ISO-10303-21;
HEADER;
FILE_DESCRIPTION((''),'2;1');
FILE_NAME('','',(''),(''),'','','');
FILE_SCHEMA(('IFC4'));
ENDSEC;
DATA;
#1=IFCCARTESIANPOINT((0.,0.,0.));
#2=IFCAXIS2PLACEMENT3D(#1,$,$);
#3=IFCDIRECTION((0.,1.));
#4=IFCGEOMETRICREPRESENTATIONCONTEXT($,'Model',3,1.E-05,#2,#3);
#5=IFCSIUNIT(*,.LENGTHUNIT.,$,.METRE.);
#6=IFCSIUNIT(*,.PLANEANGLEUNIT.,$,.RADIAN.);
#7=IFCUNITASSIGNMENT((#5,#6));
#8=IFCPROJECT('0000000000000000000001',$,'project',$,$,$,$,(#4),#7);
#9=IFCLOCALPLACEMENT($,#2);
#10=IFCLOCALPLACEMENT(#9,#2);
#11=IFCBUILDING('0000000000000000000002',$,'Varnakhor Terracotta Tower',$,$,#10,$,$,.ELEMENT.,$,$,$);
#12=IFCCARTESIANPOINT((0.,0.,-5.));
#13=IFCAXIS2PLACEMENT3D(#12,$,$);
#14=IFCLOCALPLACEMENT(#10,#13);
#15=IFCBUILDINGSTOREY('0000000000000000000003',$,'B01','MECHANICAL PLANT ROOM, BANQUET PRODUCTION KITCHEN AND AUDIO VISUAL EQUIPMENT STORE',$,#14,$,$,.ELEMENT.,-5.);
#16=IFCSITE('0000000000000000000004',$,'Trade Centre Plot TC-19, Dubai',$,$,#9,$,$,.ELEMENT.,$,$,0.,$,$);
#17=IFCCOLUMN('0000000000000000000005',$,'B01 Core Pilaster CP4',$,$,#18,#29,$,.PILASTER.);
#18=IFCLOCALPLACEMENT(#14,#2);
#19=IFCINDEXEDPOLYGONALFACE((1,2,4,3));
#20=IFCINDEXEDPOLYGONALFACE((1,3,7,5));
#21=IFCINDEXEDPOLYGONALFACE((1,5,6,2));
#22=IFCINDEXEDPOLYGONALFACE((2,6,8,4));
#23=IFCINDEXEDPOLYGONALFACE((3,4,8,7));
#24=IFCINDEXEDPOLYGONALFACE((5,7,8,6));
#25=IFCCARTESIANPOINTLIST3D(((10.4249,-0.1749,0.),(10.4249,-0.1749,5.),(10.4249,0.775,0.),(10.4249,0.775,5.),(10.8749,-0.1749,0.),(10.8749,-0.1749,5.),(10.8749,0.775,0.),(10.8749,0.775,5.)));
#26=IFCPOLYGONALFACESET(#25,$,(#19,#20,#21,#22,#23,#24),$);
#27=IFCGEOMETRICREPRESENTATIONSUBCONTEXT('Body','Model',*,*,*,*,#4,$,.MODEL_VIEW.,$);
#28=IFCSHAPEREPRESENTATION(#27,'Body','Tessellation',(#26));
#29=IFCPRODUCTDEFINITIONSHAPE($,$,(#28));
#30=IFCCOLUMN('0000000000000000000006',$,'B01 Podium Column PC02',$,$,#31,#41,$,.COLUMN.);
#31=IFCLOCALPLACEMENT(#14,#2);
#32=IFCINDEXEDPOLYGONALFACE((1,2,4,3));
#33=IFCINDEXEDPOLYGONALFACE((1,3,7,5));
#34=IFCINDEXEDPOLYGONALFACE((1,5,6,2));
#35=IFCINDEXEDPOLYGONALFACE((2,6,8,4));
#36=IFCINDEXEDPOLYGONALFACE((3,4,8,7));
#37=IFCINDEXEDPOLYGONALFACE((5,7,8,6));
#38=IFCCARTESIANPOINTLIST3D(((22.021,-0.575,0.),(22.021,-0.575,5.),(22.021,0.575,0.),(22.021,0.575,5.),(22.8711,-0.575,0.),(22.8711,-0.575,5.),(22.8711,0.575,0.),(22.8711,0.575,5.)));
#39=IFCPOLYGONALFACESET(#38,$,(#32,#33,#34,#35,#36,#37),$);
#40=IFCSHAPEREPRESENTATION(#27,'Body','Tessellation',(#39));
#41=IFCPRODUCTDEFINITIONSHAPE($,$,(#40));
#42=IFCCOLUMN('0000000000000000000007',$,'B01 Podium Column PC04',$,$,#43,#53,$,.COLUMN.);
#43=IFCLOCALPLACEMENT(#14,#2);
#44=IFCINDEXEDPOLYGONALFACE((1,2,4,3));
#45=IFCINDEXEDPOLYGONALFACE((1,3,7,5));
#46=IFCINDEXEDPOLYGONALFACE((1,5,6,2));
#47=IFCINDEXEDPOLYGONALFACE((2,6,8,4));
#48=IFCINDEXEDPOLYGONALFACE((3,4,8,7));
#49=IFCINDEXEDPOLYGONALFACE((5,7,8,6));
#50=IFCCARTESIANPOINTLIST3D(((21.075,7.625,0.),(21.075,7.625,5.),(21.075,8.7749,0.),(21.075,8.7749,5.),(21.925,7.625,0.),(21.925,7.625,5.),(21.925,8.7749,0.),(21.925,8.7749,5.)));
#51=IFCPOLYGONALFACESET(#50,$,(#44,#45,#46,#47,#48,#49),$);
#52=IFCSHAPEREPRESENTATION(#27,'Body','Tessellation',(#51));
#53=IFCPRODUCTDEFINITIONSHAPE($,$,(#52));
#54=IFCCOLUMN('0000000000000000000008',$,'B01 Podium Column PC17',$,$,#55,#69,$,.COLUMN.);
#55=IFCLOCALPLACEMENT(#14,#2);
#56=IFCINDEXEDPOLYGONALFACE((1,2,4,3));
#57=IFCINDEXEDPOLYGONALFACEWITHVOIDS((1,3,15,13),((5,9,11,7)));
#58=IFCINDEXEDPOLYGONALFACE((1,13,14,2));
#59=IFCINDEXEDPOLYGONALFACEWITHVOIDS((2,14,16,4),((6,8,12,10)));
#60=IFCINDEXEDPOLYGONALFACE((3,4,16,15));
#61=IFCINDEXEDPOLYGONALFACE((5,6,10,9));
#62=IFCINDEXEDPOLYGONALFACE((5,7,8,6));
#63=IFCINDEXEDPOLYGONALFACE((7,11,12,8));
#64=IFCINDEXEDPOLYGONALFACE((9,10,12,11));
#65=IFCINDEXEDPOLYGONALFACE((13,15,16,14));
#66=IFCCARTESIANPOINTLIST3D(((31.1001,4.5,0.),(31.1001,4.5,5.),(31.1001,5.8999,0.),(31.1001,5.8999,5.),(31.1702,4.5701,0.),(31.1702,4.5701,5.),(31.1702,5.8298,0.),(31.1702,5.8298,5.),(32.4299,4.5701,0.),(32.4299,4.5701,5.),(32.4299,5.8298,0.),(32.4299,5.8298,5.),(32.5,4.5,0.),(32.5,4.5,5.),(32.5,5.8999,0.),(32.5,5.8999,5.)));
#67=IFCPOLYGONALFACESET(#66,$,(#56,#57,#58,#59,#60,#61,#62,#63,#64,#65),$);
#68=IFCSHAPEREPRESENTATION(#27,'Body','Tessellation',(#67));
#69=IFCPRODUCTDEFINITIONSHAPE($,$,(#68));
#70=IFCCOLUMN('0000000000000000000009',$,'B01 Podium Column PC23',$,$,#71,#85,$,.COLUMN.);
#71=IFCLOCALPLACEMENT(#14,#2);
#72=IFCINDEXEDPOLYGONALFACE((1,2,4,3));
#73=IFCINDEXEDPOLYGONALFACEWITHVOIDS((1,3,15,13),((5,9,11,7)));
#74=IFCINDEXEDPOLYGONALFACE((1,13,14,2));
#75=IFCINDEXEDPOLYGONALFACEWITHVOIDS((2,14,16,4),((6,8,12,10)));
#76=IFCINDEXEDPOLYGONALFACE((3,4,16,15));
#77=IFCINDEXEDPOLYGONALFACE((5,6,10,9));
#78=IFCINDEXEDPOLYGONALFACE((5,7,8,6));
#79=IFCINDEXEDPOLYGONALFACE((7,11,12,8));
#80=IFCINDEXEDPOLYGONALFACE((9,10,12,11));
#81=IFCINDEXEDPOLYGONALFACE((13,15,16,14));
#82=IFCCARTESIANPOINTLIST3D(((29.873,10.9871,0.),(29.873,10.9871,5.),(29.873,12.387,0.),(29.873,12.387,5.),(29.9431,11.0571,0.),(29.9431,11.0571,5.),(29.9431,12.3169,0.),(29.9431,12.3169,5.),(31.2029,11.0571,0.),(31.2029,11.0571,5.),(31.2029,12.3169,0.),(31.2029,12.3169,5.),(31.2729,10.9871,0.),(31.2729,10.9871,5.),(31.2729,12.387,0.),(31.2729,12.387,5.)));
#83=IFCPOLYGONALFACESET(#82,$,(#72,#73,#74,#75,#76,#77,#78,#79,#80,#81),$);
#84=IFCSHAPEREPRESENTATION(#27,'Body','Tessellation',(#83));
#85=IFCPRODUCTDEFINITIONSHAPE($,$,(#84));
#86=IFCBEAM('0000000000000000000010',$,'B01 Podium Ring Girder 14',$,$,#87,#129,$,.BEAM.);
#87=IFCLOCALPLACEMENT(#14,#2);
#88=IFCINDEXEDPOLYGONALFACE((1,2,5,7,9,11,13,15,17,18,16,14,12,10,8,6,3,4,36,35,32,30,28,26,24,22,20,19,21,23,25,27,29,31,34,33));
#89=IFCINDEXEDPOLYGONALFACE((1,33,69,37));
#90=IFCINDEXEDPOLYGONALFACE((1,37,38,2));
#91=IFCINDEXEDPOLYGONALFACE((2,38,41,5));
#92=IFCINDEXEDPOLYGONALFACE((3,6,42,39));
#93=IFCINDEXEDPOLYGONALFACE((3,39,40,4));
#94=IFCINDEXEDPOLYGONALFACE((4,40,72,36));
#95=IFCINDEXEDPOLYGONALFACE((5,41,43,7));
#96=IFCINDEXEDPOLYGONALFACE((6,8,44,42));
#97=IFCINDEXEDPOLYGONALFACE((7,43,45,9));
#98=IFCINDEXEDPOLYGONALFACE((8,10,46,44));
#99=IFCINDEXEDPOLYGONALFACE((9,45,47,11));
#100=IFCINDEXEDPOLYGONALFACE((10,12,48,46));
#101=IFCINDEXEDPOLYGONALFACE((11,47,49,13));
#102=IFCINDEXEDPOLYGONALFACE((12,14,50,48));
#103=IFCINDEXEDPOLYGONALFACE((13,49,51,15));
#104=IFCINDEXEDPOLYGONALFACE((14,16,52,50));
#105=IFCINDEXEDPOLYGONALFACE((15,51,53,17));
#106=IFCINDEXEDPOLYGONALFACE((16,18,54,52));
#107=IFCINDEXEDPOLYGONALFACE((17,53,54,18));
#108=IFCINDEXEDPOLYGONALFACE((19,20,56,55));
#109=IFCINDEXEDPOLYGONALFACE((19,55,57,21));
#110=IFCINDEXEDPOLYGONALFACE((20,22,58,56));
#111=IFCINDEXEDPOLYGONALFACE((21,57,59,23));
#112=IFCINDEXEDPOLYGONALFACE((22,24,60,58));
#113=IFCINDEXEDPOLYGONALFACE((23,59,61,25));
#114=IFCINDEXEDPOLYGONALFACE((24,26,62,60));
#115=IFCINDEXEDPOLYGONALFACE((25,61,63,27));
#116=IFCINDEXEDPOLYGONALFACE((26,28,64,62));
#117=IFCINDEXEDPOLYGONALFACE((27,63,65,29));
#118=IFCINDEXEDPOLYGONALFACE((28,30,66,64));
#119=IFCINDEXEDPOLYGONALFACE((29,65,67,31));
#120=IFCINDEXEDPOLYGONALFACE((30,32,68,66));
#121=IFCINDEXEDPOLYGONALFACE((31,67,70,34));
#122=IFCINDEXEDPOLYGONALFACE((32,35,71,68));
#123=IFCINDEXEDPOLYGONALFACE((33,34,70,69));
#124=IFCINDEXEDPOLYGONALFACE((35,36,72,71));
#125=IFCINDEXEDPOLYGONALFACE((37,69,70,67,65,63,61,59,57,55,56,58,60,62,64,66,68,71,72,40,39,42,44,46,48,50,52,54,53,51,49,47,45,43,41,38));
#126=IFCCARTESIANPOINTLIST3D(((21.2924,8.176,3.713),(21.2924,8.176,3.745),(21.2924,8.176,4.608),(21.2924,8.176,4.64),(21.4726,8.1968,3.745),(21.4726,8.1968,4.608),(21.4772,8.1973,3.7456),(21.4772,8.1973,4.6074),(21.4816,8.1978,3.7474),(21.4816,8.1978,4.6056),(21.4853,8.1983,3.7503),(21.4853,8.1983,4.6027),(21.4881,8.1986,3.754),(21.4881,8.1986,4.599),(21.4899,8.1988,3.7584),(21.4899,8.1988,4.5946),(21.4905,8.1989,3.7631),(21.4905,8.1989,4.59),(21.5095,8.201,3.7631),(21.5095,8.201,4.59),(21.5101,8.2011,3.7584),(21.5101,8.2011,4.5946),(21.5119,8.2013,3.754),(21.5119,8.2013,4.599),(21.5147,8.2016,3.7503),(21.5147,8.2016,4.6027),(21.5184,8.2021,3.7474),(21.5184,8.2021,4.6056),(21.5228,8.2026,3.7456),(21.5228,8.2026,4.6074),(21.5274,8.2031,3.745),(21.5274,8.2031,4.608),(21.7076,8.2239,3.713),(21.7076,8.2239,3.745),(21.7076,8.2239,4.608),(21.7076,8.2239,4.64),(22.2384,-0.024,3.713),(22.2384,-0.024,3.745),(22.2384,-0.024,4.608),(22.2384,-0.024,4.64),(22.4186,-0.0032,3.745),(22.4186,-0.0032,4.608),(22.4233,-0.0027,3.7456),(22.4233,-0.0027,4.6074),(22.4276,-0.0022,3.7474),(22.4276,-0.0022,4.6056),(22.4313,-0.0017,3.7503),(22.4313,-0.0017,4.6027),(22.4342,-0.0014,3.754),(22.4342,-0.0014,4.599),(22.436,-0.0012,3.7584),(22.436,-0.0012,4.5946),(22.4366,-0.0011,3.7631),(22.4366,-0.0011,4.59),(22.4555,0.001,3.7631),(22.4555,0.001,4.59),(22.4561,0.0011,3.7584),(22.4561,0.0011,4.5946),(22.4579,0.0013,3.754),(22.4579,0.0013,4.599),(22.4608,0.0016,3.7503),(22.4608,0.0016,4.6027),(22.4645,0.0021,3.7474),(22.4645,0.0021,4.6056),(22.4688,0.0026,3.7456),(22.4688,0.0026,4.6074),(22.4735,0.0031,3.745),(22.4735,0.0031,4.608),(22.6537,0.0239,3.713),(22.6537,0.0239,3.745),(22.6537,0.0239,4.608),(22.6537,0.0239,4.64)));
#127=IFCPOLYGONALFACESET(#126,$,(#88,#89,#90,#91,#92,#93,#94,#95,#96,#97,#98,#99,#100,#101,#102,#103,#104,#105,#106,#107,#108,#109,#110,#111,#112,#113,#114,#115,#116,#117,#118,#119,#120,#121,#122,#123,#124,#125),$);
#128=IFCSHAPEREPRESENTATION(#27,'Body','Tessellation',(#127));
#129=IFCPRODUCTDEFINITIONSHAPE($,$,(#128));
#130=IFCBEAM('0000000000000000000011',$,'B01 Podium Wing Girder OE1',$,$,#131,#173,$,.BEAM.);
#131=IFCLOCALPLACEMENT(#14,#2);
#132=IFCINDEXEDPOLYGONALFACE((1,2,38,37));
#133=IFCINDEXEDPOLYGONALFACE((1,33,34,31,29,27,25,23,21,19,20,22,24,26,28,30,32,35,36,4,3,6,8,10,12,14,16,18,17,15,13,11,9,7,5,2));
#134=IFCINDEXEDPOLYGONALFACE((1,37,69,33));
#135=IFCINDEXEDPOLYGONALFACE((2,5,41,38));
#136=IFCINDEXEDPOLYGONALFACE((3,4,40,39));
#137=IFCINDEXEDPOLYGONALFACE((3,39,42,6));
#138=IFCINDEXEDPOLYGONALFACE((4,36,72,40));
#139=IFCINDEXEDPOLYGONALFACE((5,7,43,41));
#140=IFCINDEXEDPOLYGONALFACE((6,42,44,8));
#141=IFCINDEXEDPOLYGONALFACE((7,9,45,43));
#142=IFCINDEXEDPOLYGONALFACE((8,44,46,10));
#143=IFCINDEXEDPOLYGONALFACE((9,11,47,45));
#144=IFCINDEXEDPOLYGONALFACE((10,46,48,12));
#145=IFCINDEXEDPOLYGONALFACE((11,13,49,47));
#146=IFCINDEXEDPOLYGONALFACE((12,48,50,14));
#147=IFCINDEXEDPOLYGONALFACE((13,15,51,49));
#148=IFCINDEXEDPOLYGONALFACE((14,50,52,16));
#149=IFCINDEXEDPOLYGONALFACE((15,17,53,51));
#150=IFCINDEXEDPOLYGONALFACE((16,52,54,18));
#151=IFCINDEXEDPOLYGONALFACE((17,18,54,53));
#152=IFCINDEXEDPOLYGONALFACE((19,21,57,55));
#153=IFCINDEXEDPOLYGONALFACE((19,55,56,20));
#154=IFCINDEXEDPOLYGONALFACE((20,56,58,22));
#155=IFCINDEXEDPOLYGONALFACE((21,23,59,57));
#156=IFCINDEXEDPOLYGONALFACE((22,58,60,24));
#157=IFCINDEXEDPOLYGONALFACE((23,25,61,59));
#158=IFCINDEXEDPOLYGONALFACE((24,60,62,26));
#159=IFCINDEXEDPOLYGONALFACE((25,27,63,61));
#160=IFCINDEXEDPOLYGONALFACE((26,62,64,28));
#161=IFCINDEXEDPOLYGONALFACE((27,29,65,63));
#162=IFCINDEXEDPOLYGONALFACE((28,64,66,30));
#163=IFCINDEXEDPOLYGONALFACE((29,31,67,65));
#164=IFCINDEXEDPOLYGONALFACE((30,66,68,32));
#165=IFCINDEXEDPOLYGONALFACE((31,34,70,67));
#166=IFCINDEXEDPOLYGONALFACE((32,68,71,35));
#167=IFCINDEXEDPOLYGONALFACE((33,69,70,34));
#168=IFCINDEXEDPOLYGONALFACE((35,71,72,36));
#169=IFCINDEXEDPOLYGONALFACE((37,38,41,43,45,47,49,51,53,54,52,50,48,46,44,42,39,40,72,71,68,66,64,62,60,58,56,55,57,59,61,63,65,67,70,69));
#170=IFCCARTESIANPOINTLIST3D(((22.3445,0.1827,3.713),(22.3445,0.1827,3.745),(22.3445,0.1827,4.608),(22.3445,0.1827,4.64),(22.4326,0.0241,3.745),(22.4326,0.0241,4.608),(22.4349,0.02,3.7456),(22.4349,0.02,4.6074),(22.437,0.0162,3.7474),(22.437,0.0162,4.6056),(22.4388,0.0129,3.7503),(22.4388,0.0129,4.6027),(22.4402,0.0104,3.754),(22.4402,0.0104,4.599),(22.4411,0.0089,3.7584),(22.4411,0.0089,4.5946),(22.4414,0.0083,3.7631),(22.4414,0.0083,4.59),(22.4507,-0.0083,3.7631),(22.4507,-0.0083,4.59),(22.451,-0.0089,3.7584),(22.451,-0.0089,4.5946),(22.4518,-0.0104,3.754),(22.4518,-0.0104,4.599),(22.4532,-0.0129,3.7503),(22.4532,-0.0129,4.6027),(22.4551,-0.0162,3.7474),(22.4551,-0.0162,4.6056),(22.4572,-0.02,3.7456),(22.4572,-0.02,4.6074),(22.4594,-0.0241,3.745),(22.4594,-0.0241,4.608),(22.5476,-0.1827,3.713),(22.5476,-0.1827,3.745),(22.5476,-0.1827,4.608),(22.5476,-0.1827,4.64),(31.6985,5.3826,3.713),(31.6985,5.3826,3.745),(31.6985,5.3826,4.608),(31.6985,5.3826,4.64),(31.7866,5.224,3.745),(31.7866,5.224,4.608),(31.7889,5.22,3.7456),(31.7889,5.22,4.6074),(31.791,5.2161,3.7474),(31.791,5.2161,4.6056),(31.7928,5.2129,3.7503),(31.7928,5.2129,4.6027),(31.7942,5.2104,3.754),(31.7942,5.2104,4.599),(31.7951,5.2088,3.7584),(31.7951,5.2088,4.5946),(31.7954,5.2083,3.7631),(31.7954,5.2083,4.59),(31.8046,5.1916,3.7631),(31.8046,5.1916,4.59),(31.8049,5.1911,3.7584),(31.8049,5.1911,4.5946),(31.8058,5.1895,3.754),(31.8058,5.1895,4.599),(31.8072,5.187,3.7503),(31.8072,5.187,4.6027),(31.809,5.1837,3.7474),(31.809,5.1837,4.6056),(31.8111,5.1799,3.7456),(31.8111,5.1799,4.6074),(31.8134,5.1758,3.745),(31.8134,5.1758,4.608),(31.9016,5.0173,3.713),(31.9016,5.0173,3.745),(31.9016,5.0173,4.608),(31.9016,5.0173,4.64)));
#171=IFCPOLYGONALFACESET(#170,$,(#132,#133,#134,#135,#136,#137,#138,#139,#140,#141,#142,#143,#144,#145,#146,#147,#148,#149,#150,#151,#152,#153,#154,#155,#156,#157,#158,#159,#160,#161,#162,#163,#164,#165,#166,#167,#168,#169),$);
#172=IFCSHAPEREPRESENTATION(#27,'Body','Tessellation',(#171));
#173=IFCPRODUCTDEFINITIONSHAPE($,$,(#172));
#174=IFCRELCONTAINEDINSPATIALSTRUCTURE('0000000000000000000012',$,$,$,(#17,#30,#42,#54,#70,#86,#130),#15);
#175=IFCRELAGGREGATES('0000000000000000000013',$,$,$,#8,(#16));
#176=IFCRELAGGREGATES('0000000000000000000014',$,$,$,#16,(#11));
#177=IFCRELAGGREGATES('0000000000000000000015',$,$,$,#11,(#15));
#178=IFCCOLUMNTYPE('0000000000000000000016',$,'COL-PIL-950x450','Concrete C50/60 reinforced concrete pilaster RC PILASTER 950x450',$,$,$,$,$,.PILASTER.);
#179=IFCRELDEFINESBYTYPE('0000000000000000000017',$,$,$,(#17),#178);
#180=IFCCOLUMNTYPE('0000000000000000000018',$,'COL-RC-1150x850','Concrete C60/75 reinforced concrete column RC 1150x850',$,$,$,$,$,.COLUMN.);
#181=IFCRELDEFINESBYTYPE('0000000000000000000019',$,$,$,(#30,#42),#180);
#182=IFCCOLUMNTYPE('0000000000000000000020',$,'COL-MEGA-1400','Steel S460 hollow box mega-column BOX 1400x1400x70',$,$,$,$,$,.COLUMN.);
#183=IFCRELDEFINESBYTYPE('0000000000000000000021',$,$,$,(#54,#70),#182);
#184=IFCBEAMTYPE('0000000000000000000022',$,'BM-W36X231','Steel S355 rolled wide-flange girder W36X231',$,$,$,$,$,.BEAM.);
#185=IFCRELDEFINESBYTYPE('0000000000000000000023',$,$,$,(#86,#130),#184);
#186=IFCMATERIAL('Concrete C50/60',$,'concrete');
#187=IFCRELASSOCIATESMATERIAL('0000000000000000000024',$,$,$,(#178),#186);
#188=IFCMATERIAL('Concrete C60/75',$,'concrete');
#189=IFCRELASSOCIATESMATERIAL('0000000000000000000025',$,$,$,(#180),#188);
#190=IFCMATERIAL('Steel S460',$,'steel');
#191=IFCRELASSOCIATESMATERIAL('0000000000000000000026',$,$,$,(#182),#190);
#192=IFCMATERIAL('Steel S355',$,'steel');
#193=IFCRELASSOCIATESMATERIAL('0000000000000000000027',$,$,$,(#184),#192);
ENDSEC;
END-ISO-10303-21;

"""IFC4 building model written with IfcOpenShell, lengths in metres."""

from ifc_helpers import new_model, si_unit, direction, frame, origin, origin_2d, place, context, subcontext, project, spatial, rectangle, hollow_rectangle, i_section, extrude, source, transform, mapped, material, material_profile, profile_set, type_object, type_shapes, element, save


model = new_model("IFC4")

# Units and contexts
model_context = context("Model", 3, precision=1e-05, world=origin(), true_north=direction((0.0, 1.0)))
body_context = subcontext(model_context, "Body", "Model", "MODEL_VIEW")
ifc_project = project(units=[si_unit("LENGTHUNIT", "METRE"), si_unit("PLANEANGLEUNIT", "RADIAN")], contexts=[model_context])

# Site, building, storey
site_placement = place(None, origin())
site = spatial("IfcSite", under=ifc_project, at=site_placement, Name="Trade Centre Plot TC-19, Dubai", CompositionType="ELEMENT", RefElevation=0.0)
building_placement = place(site_placement, origin())
building = spatial("IfcBuilding", under=site, at=building_placement, Name="Varnakhor Terracotta Tower", CompositionType="ELEMENT")
storey_placement = place(building_placement, frame((0.0, 0.0, -5.0)))
storey = spatial("IfcBuildingStorey", under=building, at=storey_placement, Name="B01", Description="MECHANICAL PLANT ROOM, BANQUET PRODUCTION KITCHEN AND AUDIO VISUAL EQUIPMENT STORE", CompositionType="ELEMENT", Elevation=-5.0)

# Columns
ifc_material_1 = material(Name="Concrete C50/60", Category="concrete")
ifc_material_profile_1 = material_profile(ifc_material_1, rectangle(XDim=0.45, YDim=0.95, at=origin_2d()), Name="RC PILASTER 950x450")
ifc_profile_set_1 = profile_set([ifc_material_profile_1], Name="Concrete C50/60")
column_type_1 = type_object("IfcColumnType", Name="COL-PIL-950x450", Description="Concrete C50/60 reinforced concrete pilaster RC PILASTER 950x450", PredefinedType="PILASTER", material=ifc_profile_set_1)
shared_shape_1 = source(origin(), body_context, "Body", "SweptSolid", [
    extrude(rectangle(XDim=0.45, YDim=0.95, at=origin_2d()), origin(), (0.0, 0.0, 1.0), 5.0),
])
type_shapes(column_type_1, [shared_shape_1])
column_placement = place(storey_placement, frame((10.6499, 0.3, 0.0), z_axis=(0.0, 0.0, 1.0), x_axis=(1.0, 0.0, 0.0)))
element("IfcColumn", 1, at=column_placement, inside=storey, type_object=column_type_1, Name="B01 Core Pilaster CP4", PredefinedType="PILASTER", context=body_context, shape_type="MappedRepresentation", body=[
    mapped(shared_shape_1, transform((0.0, 0.0, 0.0), scale=1.0)),
])
ifc_material_2 = material(Name="Concrete C60/75", Category="concrete")
ifc_material_profile_2 = material_profile(ifc_material_2, rectangle(XDim=0.8501, YDim=1.1499, at=origin_2d()), Name="RC 1150x850")
ifc_profile_set_2 = profile_set([ifc_material_profile_2], Name="Concrete C60/75")
column_type_2 = type_object("IfcColumnType", Name="COL-RC-1150x850", Description="Concrete C60/75 reinforced concrete column RC 1150x850", PredefinedType="COLUMN", material=ifc_profile_set_2)
shared_shape_2 = source(origin(), body_context, "Body", "SweptSolid", [
    extrude(rectangle(XDim=0.8501, YDim=1.1499, at=origin_2d()), origin(), (0.0, 0.0, 1.0), 5.0),
])
type_shapes(column_type_2, [shared_shape_2])
for number, where, z_axis, x_axis, name in (
    (2, (22.446, 0.0, 0.0), (0.0, 0.0, 1.0), (1.0, 0.0, 0.0), "B01 Podium Column PC02"),
    (3, (21.5, 8.2, 0.0), (0.0, 0.0, 1.0), (1.0, 0.0, 0.0), "B01 Podium Column PC04"),
):
    element("IfcColumn", number, at=place(storey_placement, frame(where, z_axis=z_axis, x_axis=x_axis)), inside=storey, type_object=column_type_2, Name=name, PredefinedType="COLUMN", context=body_context, shape_type="MappedRepresentation", body=[
        mapped(shared_shape_2, transform((0.0, 0.0, 0.0), scale=1.0)),
    ])
ifc_material_3 = material(Name="Steel S460", Category="steel")
ifc_material_profile_3 = material_profile(ifc_material_3, hollow_rectangle(XDim=1.3999, YDim=1.3999, WallThickness=0.0701, at=origin_2d()), Name="BOX 1400x1400x70")
ifc_profile_set_3 = profile_set([ifc_material_profile_3], Name="Steel S460")
column_type_3 = type_object("IfcColumnType", Name="COL-MEGA-1400", Description="Steel S460 hollow box mega-column BOX 1400x1400x70", PredefinedType="COLUMN", material=ifc_profile_set_3)
shared_shape_3 = source(origin(), body_context, "Body", "SweptSolid", [
    extrude(hollow_rectangle(XDim=1.3999, YDim=1.3999, WallThickness=0.0701, at=origin_2d()), origin(), (0.0, 0.0, 1.0), 5.0),
])
type_shapes(column_type_3, [shared_shape_3])
for number, where, z_axis, x_axis, name in (
    (4, (31.8, 5.2, 0.0), (0.0, 0.0, 1.0), (1.0, 0.0, 0.0), "B01 Podium Column PC17"),
    (5, (30.573, 11.687, 0.0), (0.0, 0.0, 1.0), (1.0, 0.0, 0.0), "B01 Podium Column PC23"),
):
    element("IfcColumn", number, at=place(storey_placement, frame(where, z_axis=z_axis, x_axis=x_axis)), inside=storey, type_object=column_type_3, Name=name, PredefinedType="COLUMN", context=body_context, shape_type="MappedRepresentation", body=[
        mapped(shared_shape_3, transform((0.0, 0.0, 0.0), scale=1.0)),
    ])

# Beams
ifc_material_4 = material(Name="Steel S355", Category="steel")
ifc_material_profile_4 = material_profile(ifc_material_4, i_section(OverallWidth=0.418, OverallDepth=0.927, WebThickness=0.019, FlangeThickness=0.032, FilletRadius=0.0181, at=origin_2d()), Name="W36X231")
ifc_profile_set_4 = profile_set([ifc_material_profile_4], Name="Steel S355")
beam_type_1 = type_object("IfcBeamType", Name="BM-W36X231", Description="Steel S355 rolled wide-flange girder W36X231", PredefinedType="BEAM", material=ifc_profile_set_4)
shared_shape_4 = source(origin(), body_context, "Body", "SweptSolid", [
    extrude(i_section(OverallWidth=0.418, OverallDepth=0.927, WebThickness=0.019, FlangeThickness=0.032, FilletRadius=0.0181, at=origin_2d()), origin(), (0.0, 0.0, 1.0), 8.2544),
])
type_shapes(beam_type_1, [shared_shape_4])
beam_1_placement = place(storey_placement, frame((21.5, 8.2, 4.1765), z_axis=(0.114612, -0.99341, 0.0), x_axis=(0.99341, 0.114612, 0.0)))
element("IfcBeam", 6, at=beam_1_placement, inside=storey, type_object=beam_type_1, Name="B01 Podium Ring Girder 14", PredefinedType="BEAM", context=body_context, shape_type="MappedRepresentation", body=[
    mapped(shared_shape_4, transform((0.0, 0.0, 0.0), scale=1.0)),
])
shared_shape_5 = source(origin(), body_context, "Body", "SweptSolid", [
    extrude(i_section(OverallWidth=0.418, OverallDepth=0.927, WebThickness=0.019, FlangeThickness=0.032, FilletRadius=0.0181, at=origin_2d()), origin(), (0.0, 0.0, 1.0), 10.7021),
])
beam_2_placement = place(storey_placement, frame((22.446, 0.0, 4.1765), z_axis=(0.874027, 0.485877, 0.0), x_axis=(-0.485877, 0.874027, 0.0)))
element("IfcBeam", 7, at=beam_2_placement, inside=storey, type_object=beam_type_1, Name="B01 Podium Wing Girder OE1", PredefinedType="BEAM", context=body_context, shape_type="MappedRepresentation", body=[
    mapped(shared_shape_5, transform((0.0, 0.0, 0.0), scale=1.0)),
])

save(model, "model.ifc")
